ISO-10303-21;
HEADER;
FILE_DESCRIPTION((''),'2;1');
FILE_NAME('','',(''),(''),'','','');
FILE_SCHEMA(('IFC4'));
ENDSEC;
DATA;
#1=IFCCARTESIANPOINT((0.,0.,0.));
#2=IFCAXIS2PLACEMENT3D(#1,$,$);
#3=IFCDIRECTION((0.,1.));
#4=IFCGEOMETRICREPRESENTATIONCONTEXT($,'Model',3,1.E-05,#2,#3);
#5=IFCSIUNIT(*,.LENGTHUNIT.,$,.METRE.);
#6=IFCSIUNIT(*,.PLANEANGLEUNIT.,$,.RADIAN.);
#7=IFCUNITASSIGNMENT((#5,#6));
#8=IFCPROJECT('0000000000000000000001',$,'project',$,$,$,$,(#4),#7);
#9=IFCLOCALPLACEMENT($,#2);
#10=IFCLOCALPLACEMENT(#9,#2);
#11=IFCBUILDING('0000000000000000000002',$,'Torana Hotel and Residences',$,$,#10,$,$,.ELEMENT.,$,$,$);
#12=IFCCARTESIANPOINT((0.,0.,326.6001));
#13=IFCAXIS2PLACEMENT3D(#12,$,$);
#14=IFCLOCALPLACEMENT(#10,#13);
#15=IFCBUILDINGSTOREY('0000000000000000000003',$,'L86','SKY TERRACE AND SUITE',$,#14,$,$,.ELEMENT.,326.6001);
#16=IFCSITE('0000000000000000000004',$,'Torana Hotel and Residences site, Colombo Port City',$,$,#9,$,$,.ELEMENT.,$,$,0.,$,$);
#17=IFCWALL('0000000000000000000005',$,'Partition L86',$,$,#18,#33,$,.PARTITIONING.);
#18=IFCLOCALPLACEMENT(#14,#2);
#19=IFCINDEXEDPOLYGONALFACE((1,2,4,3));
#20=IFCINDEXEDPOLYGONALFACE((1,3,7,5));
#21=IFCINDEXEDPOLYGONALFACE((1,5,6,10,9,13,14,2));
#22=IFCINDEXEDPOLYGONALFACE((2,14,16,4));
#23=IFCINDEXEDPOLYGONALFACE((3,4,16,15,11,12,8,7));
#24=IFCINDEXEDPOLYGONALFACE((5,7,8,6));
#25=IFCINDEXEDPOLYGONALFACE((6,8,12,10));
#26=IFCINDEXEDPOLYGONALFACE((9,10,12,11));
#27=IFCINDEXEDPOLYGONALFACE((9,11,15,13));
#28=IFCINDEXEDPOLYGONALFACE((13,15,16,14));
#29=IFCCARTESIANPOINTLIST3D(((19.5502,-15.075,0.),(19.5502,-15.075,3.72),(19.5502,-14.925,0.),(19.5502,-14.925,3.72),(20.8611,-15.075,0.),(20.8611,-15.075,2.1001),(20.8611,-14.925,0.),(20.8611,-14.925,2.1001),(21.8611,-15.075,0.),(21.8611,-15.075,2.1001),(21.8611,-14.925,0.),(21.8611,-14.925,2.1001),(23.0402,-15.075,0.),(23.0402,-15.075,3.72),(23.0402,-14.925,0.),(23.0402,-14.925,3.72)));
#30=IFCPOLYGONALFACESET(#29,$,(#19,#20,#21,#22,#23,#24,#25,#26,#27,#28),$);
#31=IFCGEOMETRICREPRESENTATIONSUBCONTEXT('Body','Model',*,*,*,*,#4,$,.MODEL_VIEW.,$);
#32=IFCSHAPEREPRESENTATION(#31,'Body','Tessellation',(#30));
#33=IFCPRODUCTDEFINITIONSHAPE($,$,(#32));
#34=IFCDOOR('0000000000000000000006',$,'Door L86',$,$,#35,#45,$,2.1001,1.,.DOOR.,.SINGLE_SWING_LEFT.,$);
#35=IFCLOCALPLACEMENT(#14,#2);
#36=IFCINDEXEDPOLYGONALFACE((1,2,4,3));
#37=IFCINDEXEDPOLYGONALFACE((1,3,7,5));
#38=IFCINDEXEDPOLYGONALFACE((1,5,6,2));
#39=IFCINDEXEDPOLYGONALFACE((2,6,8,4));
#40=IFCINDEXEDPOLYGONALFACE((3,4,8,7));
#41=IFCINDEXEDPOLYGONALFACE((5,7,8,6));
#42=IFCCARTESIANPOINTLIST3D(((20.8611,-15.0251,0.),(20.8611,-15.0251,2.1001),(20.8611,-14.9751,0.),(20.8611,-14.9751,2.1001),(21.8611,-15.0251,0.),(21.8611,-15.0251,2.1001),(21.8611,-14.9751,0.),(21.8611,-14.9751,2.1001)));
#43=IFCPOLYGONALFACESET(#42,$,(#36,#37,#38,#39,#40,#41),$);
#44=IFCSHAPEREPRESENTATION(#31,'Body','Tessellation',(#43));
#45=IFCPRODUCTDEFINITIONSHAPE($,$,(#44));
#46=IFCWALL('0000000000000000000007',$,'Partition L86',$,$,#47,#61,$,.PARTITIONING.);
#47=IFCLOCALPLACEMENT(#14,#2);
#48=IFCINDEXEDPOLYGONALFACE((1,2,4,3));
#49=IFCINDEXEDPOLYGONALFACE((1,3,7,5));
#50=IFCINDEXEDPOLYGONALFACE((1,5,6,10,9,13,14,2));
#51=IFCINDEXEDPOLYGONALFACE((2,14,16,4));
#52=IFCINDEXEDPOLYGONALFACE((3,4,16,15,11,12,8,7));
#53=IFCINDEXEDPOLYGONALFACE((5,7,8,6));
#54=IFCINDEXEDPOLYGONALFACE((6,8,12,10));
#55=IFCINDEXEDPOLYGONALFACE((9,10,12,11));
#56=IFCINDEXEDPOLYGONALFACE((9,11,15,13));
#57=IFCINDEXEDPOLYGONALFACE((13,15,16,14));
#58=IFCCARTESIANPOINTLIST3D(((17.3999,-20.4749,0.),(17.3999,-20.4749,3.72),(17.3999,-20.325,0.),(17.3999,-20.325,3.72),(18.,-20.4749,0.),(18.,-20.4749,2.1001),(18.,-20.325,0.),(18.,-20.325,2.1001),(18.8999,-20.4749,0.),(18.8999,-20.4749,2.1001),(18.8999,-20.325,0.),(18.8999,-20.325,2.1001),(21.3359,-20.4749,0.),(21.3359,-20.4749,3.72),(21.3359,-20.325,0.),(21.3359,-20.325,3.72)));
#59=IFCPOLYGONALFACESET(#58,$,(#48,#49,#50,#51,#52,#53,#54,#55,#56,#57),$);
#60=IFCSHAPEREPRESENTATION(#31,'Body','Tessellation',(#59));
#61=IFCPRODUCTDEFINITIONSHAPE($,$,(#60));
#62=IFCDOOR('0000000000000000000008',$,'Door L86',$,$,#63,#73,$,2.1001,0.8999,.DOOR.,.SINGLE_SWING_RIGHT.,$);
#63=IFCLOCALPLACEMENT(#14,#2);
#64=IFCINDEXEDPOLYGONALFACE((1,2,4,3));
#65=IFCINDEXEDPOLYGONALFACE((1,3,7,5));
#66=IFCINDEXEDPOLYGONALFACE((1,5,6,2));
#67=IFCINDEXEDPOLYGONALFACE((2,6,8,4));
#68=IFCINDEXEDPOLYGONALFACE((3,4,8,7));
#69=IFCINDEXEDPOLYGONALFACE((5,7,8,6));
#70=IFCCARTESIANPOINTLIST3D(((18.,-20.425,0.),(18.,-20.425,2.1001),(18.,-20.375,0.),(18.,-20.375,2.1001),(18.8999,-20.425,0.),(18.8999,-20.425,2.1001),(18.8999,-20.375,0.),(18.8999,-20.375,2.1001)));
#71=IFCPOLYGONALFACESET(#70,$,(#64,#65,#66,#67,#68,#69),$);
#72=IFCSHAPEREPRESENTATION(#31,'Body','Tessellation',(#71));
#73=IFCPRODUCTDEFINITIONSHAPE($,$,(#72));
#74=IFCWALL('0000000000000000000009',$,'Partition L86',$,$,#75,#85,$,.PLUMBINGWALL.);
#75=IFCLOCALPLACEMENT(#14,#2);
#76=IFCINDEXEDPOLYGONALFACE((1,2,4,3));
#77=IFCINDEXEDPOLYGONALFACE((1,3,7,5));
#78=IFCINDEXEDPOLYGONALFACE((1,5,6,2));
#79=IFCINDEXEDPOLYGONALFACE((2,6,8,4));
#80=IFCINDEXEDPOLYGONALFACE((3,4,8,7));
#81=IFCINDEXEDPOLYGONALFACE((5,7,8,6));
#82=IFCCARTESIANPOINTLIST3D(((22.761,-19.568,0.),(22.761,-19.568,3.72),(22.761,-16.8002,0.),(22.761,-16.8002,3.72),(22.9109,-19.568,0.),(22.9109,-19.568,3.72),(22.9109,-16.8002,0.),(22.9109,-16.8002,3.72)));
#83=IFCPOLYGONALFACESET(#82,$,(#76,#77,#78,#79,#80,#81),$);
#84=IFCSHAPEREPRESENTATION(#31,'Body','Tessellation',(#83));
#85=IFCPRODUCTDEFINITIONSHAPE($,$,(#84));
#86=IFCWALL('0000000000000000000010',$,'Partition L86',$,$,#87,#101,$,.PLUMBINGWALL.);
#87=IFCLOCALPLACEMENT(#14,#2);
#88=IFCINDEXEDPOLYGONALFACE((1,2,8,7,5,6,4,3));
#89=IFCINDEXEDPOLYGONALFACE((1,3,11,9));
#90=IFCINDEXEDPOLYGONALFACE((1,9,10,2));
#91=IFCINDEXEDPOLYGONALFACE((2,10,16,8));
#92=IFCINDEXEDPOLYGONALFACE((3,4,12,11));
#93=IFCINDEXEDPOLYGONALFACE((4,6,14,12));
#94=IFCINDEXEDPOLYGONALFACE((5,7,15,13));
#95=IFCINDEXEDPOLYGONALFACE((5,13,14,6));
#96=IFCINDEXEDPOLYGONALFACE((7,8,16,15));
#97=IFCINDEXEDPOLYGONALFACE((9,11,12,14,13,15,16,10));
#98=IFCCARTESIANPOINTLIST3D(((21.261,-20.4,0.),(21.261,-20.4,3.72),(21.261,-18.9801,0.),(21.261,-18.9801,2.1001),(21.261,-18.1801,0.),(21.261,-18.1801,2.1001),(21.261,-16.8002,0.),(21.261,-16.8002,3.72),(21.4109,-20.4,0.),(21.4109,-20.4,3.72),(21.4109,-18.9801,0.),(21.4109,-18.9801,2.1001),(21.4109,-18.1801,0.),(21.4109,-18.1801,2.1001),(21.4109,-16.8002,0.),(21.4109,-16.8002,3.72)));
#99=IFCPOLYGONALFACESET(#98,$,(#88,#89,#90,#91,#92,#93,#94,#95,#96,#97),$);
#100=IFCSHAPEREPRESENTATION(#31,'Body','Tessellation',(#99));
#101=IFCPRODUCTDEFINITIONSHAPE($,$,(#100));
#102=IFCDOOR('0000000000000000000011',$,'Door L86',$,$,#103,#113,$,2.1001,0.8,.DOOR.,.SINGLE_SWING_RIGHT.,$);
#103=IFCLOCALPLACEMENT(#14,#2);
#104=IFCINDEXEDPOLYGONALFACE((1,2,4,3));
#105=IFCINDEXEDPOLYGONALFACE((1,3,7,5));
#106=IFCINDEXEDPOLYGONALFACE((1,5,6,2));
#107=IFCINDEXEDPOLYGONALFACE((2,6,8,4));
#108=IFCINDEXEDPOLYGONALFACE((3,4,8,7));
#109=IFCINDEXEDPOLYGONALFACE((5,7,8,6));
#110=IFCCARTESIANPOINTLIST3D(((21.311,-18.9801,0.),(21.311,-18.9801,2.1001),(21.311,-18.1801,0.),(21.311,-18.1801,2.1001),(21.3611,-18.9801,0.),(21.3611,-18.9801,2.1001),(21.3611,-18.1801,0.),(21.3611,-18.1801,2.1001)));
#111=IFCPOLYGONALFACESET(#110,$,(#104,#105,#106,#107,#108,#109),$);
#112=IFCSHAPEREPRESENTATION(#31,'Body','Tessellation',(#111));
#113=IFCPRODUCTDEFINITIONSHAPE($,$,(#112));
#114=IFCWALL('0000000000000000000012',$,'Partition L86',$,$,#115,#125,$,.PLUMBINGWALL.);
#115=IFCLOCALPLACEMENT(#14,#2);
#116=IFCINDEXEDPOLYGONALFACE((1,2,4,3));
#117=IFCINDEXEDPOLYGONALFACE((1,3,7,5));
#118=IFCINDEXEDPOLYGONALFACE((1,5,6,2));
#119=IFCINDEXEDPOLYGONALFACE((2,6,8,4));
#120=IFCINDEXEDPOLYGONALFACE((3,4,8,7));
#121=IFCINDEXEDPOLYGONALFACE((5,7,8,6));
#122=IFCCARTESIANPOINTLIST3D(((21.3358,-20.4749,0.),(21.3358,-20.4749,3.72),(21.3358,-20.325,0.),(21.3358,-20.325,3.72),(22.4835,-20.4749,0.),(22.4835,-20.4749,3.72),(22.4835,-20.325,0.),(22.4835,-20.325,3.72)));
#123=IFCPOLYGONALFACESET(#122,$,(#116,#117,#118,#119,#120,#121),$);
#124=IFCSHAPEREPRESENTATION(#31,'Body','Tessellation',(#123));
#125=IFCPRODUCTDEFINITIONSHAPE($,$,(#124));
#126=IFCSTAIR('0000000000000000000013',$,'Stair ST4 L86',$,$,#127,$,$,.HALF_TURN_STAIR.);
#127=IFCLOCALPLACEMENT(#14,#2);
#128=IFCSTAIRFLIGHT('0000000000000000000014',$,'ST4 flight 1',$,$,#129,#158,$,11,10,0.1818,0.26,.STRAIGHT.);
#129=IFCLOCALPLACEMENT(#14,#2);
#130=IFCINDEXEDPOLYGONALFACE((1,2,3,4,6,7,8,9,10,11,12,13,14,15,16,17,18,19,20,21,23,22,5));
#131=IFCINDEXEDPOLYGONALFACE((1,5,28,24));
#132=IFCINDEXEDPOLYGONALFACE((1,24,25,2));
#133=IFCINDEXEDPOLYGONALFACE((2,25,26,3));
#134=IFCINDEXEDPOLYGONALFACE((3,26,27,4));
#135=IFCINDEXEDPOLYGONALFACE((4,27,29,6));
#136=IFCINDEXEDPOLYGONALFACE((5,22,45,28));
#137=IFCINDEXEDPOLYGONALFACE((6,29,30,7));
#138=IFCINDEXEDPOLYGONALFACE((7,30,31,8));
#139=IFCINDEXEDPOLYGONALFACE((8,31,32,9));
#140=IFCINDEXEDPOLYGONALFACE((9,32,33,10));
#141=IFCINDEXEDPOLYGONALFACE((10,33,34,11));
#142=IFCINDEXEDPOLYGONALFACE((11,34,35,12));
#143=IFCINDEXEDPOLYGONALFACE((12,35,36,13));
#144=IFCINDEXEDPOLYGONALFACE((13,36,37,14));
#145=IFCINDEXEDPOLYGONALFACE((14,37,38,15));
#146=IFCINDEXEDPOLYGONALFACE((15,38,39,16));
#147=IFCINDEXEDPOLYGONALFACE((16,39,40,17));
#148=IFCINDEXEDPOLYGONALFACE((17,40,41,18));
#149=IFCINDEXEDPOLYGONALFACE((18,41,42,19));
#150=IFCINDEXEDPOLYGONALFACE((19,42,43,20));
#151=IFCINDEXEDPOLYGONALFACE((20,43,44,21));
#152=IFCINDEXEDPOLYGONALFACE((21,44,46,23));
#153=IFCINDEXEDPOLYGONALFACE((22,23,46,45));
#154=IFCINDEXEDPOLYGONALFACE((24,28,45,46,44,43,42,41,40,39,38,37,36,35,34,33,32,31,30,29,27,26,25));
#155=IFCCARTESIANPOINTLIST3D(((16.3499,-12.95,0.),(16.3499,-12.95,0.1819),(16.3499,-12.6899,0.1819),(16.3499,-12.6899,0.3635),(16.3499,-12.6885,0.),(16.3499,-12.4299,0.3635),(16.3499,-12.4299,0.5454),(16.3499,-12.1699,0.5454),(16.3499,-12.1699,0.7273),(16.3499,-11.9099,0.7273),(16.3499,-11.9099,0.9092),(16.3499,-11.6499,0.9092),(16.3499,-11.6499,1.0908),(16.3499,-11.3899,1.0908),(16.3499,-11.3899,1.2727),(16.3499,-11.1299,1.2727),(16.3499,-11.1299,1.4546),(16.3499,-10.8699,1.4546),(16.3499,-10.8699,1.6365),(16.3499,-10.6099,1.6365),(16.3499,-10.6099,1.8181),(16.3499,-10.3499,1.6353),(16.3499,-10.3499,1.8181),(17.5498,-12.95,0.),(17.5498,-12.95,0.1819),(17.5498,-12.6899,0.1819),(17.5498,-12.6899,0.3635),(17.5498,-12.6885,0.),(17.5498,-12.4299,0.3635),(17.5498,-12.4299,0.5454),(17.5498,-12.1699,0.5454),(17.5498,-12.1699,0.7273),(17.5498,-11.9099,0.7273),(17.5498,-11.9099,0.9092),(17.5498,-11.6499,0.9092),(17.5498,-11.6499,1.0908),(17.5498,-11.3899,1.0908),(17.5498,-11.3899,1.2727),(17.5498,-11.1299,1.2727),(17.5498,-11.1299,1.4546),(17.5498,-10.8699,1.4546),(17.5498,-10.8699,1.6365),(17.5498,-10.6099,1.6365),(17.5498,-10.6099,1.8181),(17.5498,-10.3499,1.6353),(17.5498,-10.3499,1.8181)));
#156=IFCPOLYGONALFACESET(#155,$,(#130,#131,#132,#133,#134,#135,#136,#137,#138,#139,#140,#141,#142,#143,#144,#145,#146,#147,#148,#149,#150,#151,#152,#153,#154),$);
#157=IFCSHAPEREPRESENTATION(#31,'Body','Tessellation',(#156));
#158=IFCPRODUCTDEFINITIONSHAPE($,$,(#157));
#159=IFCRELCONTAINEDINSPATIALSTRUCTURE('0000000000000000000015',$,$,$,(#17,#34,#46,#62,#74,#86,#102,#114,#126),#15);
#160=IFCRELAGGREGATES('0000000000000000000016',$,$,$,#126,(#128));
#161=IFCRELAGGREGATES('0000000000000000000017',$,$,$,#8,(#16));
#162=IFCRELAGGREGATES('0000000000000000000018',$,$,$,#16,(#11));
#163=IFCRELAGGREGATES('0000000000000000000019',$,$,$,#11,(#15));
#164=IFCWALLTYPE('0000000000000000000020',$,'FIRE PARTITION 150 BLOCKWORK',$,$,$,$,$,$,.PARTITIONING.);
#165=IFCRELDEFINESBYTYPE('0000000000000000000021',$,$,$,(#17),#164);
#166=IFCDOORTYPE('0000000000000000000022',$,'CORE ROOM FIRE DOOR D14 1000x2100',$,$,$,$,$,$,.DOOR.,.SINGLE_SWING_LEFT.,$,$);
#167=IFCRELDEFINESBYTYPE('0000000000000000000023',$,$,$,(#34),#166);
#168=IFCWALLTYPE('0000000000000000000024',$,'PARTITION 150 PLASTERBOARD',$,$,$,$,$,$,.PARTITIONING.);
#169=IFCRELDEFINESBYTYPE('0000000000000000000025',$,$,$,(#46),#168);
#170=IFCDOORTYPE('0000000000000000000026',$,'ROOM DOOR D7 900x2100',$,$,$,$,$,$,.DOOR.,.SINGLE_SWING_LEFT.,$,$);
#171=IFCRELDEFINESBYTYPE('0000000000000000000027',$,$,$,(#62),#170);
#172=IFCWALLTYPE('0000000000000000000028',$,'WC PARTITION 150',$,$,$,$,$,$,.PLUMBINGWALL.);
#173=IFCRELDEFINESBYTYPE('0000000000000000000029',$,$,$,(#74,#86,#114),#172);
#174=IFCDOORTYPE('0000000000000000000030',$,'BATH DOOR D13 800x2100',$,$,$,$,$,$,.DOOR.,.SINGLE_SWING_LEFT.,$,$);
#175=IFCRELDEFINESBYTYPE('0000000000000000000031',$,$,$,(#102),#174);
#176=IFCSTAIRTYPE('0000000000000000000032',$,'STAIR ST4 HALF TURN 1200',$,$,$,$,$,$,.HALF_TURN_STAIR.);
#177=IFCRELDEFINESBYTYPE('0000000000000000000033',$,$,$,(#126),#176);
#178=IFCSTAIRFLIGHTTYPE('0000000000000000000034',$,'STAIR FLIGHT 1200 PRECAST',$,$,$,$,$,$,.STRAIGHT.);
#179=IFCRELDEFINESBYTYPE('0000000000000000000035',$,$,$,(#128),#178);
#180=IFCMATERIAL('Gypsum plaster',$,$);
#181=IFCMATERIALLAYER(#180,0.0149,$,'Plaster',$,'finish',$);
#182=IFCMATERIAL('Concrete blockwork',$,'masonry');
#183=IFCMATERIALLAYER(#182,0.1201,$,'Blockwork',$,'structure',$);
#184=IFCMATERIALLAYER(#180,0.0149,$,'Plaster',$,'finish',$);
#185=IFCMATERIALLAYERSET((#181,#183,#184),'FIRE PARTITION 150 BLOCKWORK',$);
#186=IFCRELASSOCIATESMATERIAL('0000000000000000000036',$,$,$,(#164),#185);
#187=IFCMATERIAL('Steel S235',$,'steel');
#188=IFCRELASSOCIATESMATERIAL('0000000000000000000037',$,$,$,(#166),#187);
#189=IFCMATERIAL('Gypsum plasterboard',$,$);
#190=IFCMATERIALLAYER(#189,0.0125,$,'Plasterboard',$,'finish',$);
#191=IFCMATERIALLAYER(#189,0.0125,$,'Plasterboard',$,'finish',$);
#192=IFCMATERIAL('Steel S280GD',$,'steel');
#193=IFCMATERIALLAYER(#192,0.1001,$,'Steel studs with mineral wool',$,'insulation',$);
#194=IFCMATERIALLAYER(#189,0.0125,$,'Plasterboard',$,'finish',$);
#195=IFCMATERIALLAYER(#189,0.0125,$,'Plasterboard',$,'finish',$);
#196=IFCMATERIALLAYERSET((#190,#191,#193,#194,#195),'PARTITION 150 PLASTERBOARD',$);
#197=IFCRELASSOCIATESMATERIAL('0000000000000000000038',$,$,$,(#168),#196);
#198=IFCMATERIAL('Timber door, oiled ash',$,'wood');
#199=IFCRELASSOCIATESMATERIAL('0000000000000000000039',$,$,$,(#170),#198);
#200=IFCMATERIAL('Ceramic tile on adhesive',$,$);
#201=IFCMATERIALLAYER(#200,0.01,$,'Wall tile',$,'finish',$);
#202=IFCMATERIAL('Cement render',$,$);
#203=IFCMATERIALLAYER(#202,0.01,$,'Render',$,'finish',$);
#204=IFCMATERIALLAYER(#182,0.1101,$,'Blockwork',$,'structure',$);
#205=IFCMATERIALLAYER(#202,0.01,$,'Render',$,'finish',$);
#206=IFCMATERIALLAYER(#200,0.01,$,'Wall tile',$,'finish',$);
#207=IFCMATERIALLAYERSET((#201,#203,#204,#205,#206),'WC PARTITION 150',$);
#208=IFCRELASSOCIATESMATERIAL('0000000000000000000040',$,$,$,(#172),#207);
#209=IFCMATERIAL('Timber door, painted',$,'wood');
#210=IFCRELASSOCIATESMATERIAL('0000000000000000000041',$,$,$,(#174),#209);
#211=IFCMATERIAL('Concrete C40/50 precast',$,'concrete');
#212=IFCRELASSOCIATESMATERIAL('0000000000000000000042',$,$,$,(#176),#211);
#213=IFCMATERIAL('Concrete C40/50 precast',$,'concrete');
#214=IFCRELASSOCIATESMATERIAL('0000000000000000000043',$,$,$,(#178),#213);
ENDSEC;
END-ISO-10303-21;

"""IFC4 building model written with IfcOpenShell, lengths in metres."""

from ifc_helpers import new_model, si_unit, direction, frame, frame_2d, origin, place, context, subcontext, project, spatial, polyline, rectangle, outline, extrude, material, layer, layer_set, type_object, element, fill, aggregate, save


model = new_model("IFC4")

# Units and contexts
model_context = context("Model", 3, precision=1e-05, world=origin(), true_north=direction((0.0, 1.0)))
body_context = subcontext(model_context, "Body", "Model", "MODEL_VIEW")
ifc_project = project(units=[si_unit("LENGTHUNIT", "METRE"), si_unit("PLANEANGLEUNIT", "RADIAN")], contexts=[model_context])

# Site, building, storey
site_placement = place(None, origin())
site = spatial("IfcSite", under=ifc_project, at=site_placement, Name="Torana Hotel and Residences site, Colombo Port City", CompositionType="ELEMENT", RefElevation=0.0)
building_placement = place(site_placement, origin())
building = spatial("IfcBuilding", under=site, at=building_placement, Name="Torana Hotel and Residences", CompositionType="ELEMENT")
storey_placement = place(building_placement, frame((0.0, 0.0, 326.6001)))
storey = spatial("IfcBuildingStorey", under=building, at=storey_placement, Name="L86", Description="SKY TERRACE AND SUITE", CompositionType="ELEMENT", Elevation=326.6001)

# Shared definitions
ifc_material_1 = material(Name="Steel S280GD", Category="steel")

# Shared definitions
ifc_material_2 = material(Name="Gypsum plaster")
ifc_layer_1 = layer(ifc_material_2, 0.0149, Name="Plaster", Category="finish")
ifc_material_3 = material(Name="Concrete blockwork", Category="masonry")
ifc_layer_2 = layer(ifc_material_3, 0.1201, Name="Blockwork", Category="structure")
ifc_layer_3 = layer(ifc_material_2, 0.0149, Name="Plaster", Category="finish")
ifc_layer_set_1 = layer_set([ifc_layer_1, ifc_layer_2, ifc_layer_3], Name="FIRE PARTITION 150 BLOCKWORK")
wall_type_1 = type_object("IfcWallType", Name="FIRE PARTITION 150 BLOCKWORK", PredefinedType="PARTITIONING", material=ifc_layer_set_1)

# Walls, openings, doors
wall_1_placement = place(storey_placement, frame((19.55, -15.0, 0.0), z_axis=(0.0, 0.0, 1.0), x_axis=(1.0, 0.0, 0.0)))
wall_1 = element("IfcWall", 1, at=wall_1_placement, inside=storey, type_object=wall_type_1, Name="Partition L86", PredefinedType="PARTITIONING", context=body_context, shape_type="SweptSolid", body=[
    extrude(rectangle(XDim=3.49, YDim=0.1499, at=frame_2d((1.7451, 0.0))), origin(), (0.0, 0.0, 1.0), 3.72),
])
opening_1_placement = place(wall_1_placement, frame((1.311, 0.0, 0.0)))
opening_1 = element("IfcOpeningElement", 2, at=opening_1_placement, cuts=wall_1, PredefinedType="OPENING", context=body_context, shape_type="SweptSolid", body=[
    extrude(rectangle(XDim=1.0, YDim=2.1001, at=frame_2d((0.5, 1.05))), frame((0.0, 0.085, 0.0), z_axis=(0.0, -1.0, 0.0), x_axis=(1.0, 0.0, 0.0)), (0.0, 0.0, 1.0), 0.1699),
])
ifc_material_4 = material(Name="Steel S235", Category="steel")
door_type_1 = type_object("IfcDoorType", Name="CORE ROOM FIRE DOOR D14 1000x2100", OperationType="SINGLE_SWING_LEFT", PredefinedType="DOOR", material=ifc_material_4)
door_1_placement = place(opening_1_placement, origin())
door_1 = element("IfcDoor", 3, at=door_1_placement, inside=storey, type_object=door_type_1, Name="Door L86", OperationType="SINGLE_SWING_LEFT", OverallHeight=2.1001, OverallWidth=1.0, PredefinedType="DOOR", context=body_context, shape_type="SweptSolid", body=[
    extrude(rectangle(XDim=1.0, YDim=2.1001, at=frame_2d((0.5, 1.05))), frame((0.0, 0.0249, 0.0), z_axis=(0.0, -1.0, 0.0), x_axis=(1.0, 0.0, 0.0)), (0.0, 0.0, 1.0), 0.05),
])
fill(opening_1, door_1)
ifc_material_5 = material(Name="Gypsum plasterboard")
ifc_layer_4 = layer(ifc_material_5, 0.0125, Name="Plasterboard", Category="finish")
ifc_layer_5 = layer(ifc_material_5, 0.0125, Name="Plasterboard", Category="finish")
ifc_layer_6 = layer(ifc_material_1, 0.1001, Name="Steel studs with mineral wool", Category="insulation")
ifc_layer_7 = layer(ifc_material_5, 0.0125, Name="Plasterboard", Category="finish")
ifc_layer_8 = layer(ifc_material_5, 0.0125, Name="Plasterboard", Category="finish")
ifc_layer_set_2 = layer_set([ifc_layer_4, ifc_layer_5, ifc_layer_6, ifc_layer_7, ifc_layer_8], Name="PARTITION 150 PLASTERBOARD")
wall_type_2 = type_object("IfcWallType", Name="PARTITION 150 PLASTERBOARD", PredefinedType="PARTITIONING", material=ifc_layer_set_2)
wall_2_placement = place(storey_placement, frame((17.3999, -20.3999, 0.0), z_axis=(0.0, 0.0, 1.0), x_axis=(1.0, 0.0, 0.0)))
wall_2 = element("IfcWall", 4, at=wall_2_placement, inside=storey, type_object=wall_type_2, Name="Partition L86", PredefinedType="PARTITIONING", context=body_context, shape_type="SweptSolid", body=[
    extrude(rectangle(XDim=3.936, YDim=0.1499, at=frame_2d((1.968, 0.0))), origin(), (0.0, 0.0, 1.0), 3.72),
])
opening_2_placement = place(wall_2_placement, frame((0.6001, 0.0, 0.0)))
opening_2 = element("IfcOpeningElement", 5, at=opening_2_placement, cuts=wall_2, PredefinedType="OPENING", context=body_context, shape_type="SweptSolid", body=[
    extrude(rectangle(XDim=0.8999, YDim=2.1001, at=frame_2d((0.45, 1.05))), frame((0.0, 0.085, 0.0), z_axis=(0.0, -1.0, 0.0), x_axis=(1.0, 0.0, 0.0)), (0.0, 0.0, 1.0), 0.1699),
])
ifc_material_6 = material(Name="Timber door, oiled ash", Category="wood")
door_type_2 = type_object("IfcDoorType", Name="ROOM DOOR D7 900x2100", OperationType="SINGLE_SWING_LEFT", PredefinedType="DOOR", material=ifc_material_6)
door_2_placement = place(opening_2_placement, origin())
door_2 = element("IfcDoor", 6, at=door_2_placement, inside=storey, type_object=door_type_2, Name="Door L86", OperationType="SINGLE_SWING_RIGHT", OverallHeight=2.1001, OverallWidth=0.8999, PredefinedType="DOOR", context=body_context, shape_type="SweptSolid", body=[
    extrude(rectangle(XDim=0.8999, YDim=2.1001, at=frame_2d((0.45, 1.05))), frame((0.0, 0.0249, 0.0), z_axis=(0.0, -1.0, 0.0), x_axis=(1.0, 0.0, 0.0)), (0.0, 0.0, 1.0), 0.05),
])
fill(opening_2, door_2)

# Wall
ifc_material_7 = material(Name="Ceramic tile on adhesive")
ifc_layer_9 = layer(ifc_material_7, 0.01, Name="Wall tile", Category="finish")
ifc_material_8 = material(Name="Cement render")
ifc_layer_10 = layer(ifc_material_8, 0.01, Name="Render", Category="finish")
ifc_layer_11 = layer(ifc_material_3, 0.1101, Name="Blockwork", Category="structure")
ifc_layer_12 = layer(ifc_material_8, 0.01, Name="Render", Category="finish")
ifc_layer_13 = layer(ifc_material_7, 0.01, Name="Wall tile", Category="finish")
ifc_layer_set_3 = layer_set([ifc_layer_9, ifc_layer_10, ifc_layer_11, ifc_layer_12, ifc_layer_13], Name="WC PARTITION 150")
wall_type_3 = type_object("IfcWallType", Name="WC PARTITION 150", PredefinedType="PLUMBINGWALL", material=ifc_layer_set_3)
wall_3_placement = place(storey_placement, frame((22.8359, -19.5679, 0.0), z_axis=(0.0, 0.0, 1.0), x_axis=(0.0, 1.0, 0.0)))
element("IfcWall", 7, at=wall_3_placement, inside=storey, type_object=wall_type_3, Name="Partition L86", PredefinedType="PLUMBINGWALL", context=body_context, shape_type="SweptSolid", body=[
    extrude(rectangle(XDim=2.7678, YDim=0.1499, at=frame_2d((1.3838, 0.0))), origin(), (0.0, 0.0, 1.0), 3.72),
])

# Wall, opening, door
wall_4_placement = place(storey_placement, frame((21.3359, -20.3999, 0.0), z_axis=(0.0, 0.0, 1.0), x_axis=(0.0, 1.0, 0.0)))
wall_4 = element("IfcWall", 8, at=wall_4_placement, inside=storey, type_object=wall_type_3, Name="Partition L86", PredefinedType="PLUMBINGWALL", context=body_context, shape_type="SweptSolid", body=[
    extrude(rectangle(XDim=3.5999, YDim=0.1499, at=frame_2d((1.7998, 0.0))), origin(), (0.0, 0.0, 1.0), 3.72),
])
opening_3_placement = place(wall_4_placement, frame((1.4199, 0.0, 0.0)))
opening_3 = element("IfcOpeningElement", 9, at=opening_3_placement, cuts=wall_4, PredefinedType="OPENING", context=body_context, shape_type="SweptSolid", body=[
    extrude(rectangle(XDim=0.8, YDim=2.1001, at=frame_2d((0.3999, 1.05))), frame((0.0, 0.085, 0.0), z_axis=(0.0, -1.0, 0.0), x_axis=(1.0, 0.0, 0.0)), (0.0, 0.0, 1.0), 0.1699),
])
ifc_material_9 = material(Name="Timber door, painted", Category="wood")
door_type_3 = type_object("IfcDoorType", Name="BATH DOOR D13 800x2100", OperationType="SINGLE_SWING_LEFT", PredefinedType="DOOR", material=ifc_material_9)
door_3_placement = place(opening_3_placement, origin())
door_3 = element("IfcDoor", 10, at=door_3_placement, inside=storey, type_object=door_type_3, Name="Door L86", OperationType="SINGLE_SWING_RIGHT", OverallHeight=2.1001, OverallWidth=0.8, PredefinedType="DOOR", context=body_context, shape_type="SweptSolid", body=[
    extrude(rectangle(XDim=0.8, YDim=2.1001, at=frame_2d((0.3999, 1.05))), frame((0.0, 0.0249, 0.0), z_axis=(0.0, -1.0, 0.0), x_axis=(1.0, 0.0, 0.0)), (0.0, 0.0, 1.0), 0.05),
])
fill(opening_3, door_3)

# Wall
wall_5_placement = place(storey_placement, frame((21.3359, -20.3999, 0.0), z_axis=(0.0, 0.0, 1.0), x_axis=(1.0, 0.0, 0.0)))
element("IfcWall", 11, at=wall_5_placement, inside=storey, type_object=wall_type_3, Name="Partition L86", PredefinedType="PLUMBINGWALL", context=body_context, shape_type="SweptSolid", body=[
    extrude(rectangle(XDim=1.1477, YDim=0.1499, at=frame_2d((0.5737, 0.0))), origin(), (0.0, 0.0, 1.0), 3.72),
])

# Stair, stair flight
ifc_material_10 = material(Name="Concrete C40/50 precast", Category="concrete")
stair_type = type_object("IfcStairType", Name="STAIR ST4 HALF TURN 1200", PredefinedType="HALF_TURN_STAIR", material=ifc_material_10)
stair_placement = place(storey_placement, origin())
stair = element("IfcStair", 12, at=stair_placement, inside=storey, type_object=stair_type, Name="Stair ST4 L86", PredefinedType="HALF_TURN_STAIR")
ifc_material_11 = material(Name="Concrete C40/50 precast", Category="concrete")
stair_flight_type = type_object("IfcStairFlightType", Name="STAIR FLIGHT 1200 PRECAST", PredefinedType="STRAIGHT", material=ifc_material_11)
stair_flight_placement = place(storey_placement, frame((16.95, -12.95, 0.0), z_axis=(0.0, 0.0, 1.0), x_axis=(0.0, 1.0, 0.0)))
stair_flight = element("IfcStairFlight", 13, at=stair_flight_placement, type_object=stair_flight_type, Name="ST4 flight 1", NumberOfRisers=11, NumberOfTreads=10, PredefinedType="STRAIGHT", RiserHeight=0.1818, TreadLength=0.26, context=body_context, shape_type="SweptSolid", body=[
    extrude(outline(polyline([(0.0, 0.0), (0.0, 0.1819), (0.26, 0.1819), (0.26, 0.3635), (0.52, 0.3635), (0.52, 0.5454), (0.78, 0.5454), (0.78, 0.7273), (1.04, 0.7273), (1.04, 0.9092), (1.3, 0.9092), (1.3, 1.0908), (1.5601, 1.0908), (1.5601, 1.2727), (1.8201, 1.2727), (1.8201, 1.4546), (2.0801, 1.4546), (2.0801, 1.6365), (2.3401, 1.6365), (2.3401, 1.8181), (2.6001, 1.8181), (2.6001, 2.0), (2.6001, 1.6353), (0.2615, 0.0), (0.0, 0.0)])), frame((0.0, 0.6001, 0.0), z_axis=(0.0, -1.0, 0.0), x_axis=(1.0, 0.0, 0.0)), (0.0, 0.0, 1.0), 1.2),
])
aggregate(stair, [stair_flight])

save(model, "model.ifc")
